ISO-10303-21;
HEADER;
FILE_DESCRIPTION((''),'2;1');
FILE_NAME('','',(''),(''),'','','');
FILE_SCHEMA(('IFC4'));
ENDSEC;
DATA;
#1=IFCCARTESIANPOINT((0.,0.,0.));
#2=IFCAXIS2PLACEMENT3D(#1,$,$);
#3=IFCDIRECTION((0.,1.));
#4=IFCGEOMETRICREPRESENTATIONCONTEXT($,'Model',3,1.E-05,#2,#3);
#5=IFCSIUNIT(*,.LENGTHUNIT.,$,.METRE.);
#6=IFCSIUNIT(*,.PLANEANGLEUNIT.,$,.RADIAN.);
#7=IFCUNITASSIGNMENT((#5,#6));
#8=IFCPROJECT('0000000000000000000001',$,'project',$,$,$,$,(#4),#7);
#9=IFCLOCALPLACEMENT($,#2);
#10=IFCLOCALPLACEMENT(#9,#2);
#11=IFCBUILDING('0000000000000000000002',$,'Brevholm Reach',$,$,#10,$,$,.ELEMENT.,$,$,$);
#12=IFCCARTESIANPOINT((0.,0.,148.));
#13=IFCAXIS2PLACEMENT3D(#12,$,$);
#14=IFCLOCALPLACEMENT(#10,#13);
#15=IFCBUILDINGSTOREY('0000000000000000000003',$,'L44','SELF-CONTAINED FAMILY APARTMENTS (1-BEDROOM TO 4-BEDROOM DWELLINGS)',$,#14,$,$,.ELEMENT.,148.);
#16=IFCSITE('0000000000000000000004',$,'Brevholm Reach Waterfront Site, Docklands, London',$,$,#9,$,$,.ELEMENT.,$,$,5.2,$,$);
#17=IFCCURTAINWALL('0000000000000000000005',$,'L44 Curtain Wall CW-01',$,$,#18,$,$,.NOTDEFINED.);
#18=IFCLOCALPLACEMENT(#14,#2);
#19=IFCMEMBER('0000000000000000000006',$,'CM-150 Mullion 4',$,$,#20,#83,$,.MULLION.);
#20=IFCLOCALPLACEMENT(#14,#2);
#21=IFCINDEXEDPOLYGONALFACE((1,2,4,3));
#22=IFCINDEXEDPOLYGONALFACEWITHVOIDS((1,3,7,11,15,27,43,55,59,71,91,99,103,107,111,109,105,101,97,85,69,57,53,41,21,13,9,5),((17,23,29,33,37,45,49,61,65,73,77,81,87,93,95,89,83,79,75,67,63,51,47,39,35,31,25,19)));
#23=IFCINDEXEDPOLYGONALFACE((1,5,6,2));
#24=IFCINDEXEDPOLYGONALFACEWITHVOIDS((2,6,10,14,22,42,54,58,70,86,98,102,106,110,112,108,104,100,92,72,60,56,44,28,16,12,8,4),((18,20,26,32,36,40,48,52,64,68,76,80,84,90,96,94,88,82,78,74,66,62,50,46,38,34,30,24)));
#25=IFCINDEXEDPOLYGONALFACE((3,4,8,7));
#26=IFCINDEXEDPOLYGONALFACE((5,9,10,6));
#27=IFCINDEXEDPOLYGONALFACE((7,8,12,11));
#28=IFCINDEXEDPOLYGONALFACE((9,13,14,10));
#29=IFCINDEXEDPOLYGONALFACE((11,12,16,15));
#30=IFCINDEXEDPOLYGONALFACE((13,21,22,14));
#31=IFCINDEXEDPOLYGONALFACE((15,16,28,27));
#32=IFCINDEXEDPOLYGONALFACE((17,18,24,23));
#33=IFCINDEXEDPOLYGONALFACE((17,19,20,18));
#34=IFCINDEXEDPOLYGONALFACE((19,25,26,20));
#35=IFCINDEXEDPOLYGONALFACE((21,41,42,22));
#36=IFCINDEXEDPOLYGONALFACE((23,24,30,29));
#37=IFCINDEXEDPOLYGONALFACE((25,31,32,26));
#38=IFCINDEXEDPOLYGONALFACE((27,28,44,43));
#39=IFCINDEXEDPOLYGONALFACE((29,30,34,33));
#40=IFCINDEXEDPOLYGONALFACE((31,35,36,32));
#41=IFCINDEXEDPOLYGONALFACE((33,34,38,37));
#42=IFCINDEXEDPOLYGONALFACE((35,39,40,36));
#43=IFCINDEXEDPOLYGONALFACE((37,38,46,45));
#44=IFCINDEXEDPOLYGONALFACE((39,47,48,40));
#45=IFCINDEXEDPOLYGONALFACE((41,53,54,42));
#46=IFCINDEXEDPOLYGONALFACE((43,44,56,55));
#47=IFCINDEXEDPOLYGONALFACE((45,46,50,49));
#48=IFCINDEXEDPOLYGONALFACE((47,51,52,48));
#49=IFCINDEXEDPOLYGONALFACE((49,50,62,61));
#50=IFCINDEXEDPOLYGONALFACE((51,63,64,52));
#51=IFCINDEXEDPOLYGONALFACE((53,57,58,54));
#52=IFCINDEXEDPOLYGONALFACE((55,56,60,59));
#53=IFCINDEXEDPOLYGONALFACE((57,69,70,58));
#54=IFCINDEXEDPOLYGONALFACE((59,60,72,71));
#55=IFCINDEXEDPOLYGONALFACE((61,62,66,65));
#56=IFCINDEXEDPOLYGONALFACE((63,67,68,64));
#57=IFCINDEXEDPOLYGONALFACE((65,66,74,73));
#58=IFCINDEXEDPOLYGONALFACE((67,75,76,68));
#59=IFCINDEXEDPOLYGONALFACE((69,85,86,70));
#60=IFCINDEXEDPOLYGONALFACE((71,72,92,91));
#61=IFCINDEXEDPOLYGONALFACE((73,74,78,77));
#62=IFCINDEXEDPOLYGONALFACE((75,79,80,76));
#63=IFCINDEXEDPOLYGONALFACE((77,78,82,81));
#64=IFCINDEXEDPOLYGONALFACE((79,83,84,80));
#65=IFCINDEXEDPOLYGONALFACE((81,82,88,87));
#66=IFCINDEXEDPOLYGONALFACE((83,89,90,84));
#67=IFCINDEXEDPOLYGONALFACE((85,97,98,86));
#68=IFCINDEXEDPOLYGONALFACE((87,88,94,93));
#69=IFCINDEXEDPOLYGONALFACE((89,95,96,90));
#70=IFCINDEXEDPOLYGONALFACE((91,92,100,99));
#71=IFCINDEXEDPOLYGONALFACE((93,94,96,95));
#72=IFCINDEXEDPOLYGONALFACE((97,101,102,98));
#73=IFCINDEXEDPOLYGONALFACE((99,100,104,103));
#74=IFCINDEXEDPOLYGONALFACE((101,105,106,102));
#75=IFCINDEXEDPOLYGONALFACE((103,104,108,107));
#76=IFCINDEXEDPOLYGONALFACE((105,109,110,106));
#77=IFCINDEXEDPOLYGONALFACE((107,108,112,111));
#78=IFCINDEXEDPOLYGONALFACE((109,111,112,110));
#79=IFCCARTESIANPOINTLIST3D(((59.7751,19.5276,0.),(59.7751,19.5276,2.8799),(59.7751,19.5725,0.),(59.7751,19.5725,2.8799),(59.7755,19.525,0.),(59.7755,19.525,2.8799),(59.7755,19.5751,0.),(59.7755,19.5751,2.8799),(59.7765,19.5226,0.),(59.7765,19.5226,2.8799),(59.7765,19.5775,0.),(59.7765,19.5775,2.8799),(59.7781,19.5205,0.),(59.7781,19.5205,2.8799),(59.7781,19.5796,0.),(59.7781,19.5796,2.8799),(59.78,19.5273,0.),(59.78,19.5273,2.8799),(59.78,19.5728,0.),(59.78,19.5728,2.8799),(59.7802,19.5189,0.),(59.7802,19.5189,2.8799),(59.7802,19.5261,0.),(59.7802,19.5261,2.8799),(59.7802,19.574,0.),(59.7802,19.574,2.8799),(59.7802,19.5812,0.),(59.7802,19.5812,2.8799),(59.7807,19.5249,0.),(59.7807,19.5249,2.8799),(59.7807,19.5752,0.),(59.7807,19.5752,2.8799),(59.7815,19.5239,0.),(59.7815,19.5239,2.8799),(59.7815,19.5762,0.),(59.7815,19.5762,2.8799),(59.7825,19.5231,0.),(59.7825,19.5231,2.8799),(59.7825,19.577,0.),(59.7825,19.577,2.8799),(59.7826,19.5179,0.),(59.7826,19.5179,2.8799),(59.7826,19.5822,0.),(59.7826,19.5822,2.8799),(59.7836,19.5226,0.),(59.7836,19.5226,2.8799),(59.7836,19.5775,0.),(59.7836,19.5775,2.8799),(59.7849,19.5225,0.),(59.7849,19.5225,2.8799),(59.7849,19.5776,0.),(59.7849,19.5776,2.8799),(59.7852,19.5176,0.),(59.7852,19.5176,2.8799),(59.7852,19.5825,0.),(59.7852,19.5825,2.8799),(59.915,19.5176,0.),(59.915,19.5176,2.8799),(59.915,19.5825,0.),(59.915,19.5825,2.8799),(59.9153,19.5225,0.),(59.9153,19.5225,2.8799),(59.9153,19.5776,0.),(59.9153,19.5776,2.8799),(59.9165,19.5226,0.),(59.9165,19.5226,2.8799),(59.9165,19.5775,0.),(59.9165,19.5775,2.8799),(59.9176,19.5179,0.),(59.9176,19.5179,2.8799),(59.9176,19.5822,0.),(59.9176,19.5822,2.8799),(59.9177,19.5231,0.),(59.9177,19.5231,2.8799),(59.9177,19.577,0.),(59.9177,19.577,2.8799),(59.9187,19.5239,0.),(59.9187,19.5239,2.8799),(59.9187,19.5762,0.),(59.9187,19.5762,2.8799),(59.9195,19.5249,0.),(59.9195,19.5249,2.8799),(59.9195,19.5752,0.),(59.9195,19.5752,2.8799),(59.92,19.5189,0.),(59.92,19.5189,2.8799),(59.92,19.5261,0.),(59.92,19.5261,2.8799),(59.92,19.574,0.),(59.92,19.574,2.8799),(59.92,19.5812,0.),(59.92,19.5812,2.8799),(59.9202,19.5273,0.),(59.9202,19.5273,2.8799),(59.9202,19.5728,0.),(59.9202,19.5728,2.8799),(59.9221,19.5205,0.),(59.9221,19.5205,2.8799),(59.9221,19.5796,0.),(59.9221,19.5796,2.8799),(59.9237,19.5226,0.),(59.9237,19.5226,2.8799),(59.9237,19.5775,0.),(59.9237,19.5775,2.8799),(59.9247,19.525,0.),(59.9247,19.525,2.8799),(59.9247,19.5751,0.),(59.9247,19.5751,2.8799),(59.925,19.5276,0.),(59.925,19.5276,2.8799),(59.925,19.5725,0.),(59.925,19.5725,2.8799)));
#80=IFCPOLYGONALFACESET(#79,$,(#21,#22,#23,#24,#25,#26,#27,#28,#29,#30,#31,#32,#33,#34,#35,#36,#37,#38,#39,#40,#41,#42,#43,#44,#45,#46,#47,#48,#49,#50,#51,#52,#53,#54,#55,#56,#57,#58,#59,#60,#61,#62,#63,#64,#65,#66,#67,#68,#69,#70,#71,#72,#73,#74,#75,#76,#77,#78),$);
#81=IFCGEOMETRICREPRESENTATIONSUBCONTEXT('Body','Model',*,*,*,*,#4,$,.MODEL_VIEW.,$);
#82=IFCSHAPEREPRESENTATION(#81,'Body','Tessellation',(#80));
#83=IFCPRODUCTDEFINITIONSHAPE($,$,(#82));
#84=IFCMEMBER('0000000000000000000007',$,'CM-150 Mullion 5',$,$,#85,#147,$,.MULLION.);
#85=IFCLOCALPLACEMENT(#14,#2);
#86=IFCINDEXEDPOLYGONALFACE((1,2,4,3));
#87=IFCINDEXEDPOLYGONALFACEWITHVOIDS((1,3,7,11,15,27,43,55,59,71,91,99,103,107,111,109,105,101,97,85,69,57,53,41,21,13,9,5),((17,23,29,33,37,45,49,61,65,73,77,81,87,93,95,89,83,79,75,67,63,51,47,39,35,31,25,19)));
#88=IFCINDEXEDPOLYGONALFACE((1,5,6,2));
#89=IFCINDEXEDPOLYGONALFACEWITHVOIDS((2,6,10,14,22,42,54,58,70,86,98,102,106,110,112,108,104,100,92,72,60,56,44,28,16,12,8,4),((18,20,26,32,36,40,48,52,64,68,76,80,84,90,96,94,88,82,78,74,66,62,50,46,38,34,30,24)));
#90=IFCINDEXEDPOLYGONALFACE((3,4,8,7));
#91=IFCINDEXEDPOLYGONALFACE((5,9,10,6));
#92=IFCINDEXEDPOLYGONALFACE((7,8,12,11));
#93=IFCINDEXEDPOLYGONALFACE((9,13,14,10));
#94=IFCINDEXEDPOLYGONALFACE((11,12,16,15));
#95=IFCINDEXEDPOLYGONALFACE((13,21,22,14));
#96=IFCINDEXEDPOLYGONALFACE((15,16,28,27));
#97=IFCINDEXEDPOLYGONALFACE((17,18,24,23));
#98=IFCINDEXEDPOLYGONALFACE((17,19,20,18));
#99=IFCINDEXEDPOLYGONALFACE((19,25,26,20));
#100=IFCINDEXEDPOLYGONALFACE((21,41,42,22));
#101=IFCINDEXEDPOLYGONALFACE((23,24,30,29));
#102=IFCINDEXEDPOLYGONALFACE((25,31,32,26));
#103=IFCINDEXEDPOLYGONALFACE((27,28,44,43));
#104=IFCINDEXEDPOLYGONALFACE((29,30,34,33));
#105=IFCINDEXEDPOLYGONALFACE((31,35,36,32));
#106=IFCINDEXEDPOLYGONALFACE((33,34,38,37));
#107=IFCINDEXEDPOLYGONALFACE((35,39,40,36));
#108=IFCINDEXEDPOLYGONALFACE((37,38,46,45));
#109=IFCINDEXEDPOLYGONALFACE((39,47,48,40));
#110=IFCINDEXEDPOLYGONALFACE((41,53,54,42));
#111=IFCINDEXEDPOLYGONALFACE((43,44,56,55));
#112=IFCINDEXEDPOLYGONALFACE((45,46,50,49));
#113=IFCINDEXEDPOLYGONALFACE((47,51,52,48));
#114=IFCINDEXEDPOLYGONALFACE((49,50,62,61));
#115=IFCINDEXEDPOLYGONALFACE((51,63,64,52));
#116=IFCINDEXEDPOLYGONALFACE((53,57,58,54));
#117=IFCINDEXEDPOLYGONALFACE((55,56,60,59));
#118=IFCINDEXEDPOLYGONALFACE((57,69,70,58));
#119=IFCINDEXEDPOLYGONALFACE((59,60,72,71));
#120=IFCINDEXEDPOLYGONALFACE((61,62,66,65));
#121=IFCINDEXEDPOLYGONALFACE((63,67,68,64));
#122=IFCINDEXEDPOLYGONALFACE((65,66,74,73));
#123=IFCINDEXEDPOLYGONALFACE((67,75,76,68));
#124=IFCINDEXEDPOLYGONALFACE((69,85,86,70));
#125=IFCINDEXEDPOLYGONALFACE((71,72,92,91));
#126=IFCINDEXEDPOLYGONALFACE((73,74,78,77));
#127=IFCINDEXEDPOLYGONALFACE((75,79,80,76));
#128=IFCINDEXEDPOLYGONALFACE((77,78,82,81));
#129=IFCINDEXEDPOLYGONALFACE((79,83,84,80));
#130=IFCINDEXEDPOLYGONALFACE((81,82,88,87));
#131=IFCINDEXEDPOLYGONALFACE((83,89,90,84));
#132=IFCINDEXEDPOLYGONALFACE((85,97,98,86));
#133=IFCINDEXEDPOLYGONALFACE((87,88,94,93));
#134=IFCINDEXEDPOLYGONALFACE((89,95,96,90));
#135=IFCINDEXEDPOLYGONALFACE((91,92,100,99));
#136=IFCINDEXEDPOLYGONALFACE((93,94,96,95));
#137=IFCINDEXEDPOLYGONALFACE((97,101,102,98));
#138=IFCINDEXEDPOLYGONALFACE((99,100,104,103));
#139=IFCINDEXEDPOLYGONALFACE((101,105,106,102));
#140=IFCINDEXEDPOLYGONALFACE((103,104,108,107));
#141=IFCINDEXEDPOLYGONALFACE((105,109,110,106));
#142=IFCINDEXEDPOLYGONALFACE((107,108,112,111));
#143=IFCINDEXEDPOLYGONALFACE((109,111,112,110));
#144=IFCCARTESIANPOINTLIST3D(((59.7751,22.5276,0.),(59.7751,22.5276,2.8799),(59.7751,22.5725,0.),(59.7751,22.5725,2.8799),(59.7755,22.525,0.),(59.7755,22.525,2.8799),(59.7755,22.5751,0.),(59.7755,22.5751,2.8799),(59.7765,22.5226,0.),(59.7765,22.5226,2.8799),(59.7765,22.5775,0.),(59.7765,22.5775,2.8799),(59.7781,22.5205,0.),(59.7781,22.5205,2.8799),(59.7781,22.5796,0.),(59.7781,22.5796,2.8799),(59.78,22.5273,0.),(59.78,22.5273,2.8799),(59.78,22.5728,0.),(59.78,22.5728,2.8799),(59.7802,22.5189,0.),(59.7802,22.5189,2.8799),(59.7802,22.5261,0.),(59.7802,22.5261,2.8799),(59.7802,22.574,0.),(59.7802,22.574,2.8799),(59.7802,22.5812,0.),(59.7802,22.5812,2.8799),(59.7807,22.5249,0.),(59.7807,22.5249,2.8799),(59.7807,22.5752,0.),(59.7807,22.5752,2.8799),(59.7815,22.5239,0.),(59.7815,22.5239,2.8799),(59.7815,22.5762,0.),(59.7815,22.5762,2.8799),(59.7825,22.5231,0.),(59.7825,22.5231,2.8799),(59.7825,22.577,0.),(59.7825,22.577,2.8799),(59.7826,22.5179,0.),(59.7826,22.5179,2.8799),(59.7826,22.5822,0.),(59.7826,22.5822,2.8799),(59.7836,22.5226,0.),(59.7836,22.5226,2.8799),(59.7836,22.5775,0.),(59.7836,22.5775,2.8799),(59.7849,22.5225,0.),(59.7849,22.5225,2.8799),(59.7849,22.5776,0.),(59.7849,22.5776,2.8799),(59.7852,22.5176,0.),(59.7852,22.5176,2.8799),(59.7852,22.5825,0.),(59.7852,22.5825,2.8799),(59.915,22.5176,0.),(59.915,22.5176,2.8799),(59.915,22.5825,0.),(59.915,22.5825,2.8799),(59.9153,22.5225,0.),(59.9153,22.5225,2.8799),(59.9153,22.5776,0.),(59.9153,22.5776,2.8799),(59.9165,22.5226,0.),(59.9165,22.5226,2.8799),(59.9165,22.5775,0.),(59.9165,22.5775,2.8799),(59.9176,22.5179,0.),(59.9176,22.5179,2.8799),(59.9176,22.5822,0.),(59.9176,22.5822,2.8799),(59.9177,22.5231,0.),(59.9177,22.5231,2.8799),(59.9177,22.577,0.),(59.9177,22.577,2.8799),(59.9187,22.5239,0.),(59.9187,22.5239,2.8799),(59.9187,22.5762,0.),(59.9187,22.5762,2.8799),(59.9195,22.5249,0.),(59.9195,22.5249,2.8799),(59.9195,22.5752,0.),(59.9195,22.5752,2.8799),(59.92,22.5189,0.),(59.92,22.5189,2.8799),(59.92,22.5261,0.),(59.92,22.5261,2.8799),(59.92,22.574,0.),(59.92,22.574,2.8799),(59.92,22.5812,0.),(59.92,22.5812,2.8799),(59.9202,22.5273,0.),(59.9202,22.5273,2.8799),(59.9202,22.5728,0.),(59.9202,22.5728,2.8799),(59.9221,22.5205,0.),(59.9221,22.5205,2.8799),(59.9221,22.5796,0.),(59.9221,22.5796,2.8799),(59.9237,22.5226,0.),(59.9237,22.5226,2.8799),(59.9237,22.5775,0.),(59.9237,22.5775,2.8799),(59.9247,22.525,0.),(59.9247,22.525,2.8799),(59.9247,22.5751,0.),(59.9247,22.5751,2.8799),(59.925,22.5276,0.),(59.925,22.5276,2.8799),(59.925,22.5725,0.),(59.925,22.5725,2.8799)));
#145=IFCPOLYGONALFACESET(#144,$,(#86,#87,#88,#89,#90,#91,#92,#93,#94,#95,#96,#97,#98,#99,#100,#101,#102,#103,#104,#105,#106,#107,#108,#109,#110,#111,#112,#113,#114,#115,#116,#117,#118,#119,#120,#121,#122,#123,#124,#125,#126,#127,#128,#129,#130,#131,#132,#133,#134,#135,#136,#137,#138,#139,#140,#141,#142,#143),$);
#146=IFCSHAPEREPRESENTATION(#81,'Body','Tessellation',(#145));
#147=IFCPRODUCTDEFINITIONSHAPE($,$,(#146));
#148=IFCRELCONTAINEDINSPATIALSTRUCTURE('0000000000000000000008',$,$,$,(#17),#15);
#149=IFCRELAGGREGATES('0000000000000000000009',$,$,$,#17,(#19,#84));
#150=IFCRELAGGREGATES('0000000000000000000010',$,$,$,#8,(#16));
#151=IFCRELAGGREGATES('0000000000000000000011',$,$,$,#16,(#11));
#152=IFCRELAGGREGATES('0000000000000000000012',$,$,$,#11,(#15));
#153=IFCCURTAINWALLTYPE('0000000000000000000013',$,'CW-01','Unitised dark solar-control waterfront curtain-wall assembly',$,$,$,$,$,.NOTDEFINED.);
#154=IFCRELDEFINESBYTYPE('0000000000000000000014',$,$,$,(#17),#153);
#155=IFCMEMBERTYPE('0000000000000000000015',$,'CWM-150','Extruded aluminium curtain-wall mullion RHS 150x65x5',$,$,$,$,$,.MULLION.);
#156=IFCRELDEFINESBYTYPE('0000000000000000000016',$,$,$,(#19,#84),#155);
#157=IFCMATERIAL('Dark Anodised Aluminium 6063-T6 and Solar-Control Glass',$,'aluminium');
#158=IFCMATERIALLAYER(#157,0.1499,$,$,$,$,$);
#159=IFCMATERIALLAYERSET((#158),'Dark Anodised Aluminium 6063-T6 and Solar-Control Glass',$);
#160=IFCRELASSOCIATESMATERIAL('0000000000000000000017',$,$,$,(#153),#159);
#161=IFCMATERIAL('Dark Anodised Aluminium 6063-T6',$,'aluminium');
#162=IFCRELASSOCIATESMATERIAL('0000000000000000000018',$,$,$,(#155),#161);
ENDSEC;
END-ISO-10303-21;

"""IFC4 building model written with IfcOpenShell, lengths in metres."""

from ifc_helpers import new_model, si_unit, direction, frame, origin, origin_2d, place, context, subcontext, project, spatial, hollow_rectangle, extrude, material, layer, layer_set, material_profile, profile_set, type_object, element, aggregate, save


model = new_model("IFC4")

# Units and contexts
model_context = context("Model", 3, precision=1e-05, world=origin(), true_north=direction((0.0, 1.0)))
body_context = subcontext(model_context, "Body", "Model", "MODEL_VIEW")
ifc_project = project(units=[si_unit("LENGTHUNIT", "METRE"), si_unit("PLANEANGLEUNIT", "RADIAN")], contexts=[model_context])

# Site, building, storey
site_placement = place(None, origin())
site = spatial("IfcSite", under=ifc_project, at=site_placement, Name="Brevholm Reach Waterfront Site, Docklands, London", CompositionType="ELEMENT", RefElevation=5.2)
building_placement = place(site_placement, origin())
building = spatial("IfcBuilding", under=site, at=building_placement, Name="Brevholm Reach", CompositionType="ELEMENT")
storey_placement = place(building_placement, frame((0.0, 0.0, 148.0)))
storey = spatial("IfcBuildingStorey", under=building, at=storey_placement, Name="L44", Description="SELF-CONTAINED FAMILY APARTMENTS (1-BEDROOM TO 4-BEDROOM DWELLINGS)", CompositionType="ELEMENT", Elevation=148.0)

# Curtain wall, members
ifc_material_1 = material(Name="Dark Anodised Aluminium 6063-T6 and Solar-Control Glass", Category="aluminium")
ifc_layer_1 = layer(ifc_material_1, 0.1499)
ifc_layer_set_1 = layer_set([ifc_layer_1], Name="Dark Anodised Aluminium 6063-T6 and Solar-Control Glass")
curtain_wall_type = type_object("IfcCurtainWallType", Name="CW-01", Description="Unitised dark solar-control waterfront curtain-wall assembly", PredefinedType="NOTDEFINED", material=ifc_layer_set_1)
curtain_wall_placement = place(storey_placement, origin())
curtain_wall = element("IfcCurtainWall", 1, at=curtain_wall_placement, inside=storey, type_object=curtain_wall_type, Name="L44 Curtain Wall CW-01", PredefinedType="NOTDEFINED")
ifc_material_2 = material(Name="Dark Anodised Aluminium 6063-T6", Category="aluminium")
ifc_material_profile_1 = material_profile(ifc_material_2, hollow_rectangle(XDim=0.0649, YDim=0.1499, WallThickness=0.0049, InnerFilletRadius=0.0049, OuterFilletRadius=0.01, at=origin_2d()), Name="RHS 150x65x5")
ifc_profile_set_1 = profile_set([ifc_material_profile_1], Name="Dark Anodised Aluminium 6063-T6")
member_type_1 = type_object("IfcMemberType", Name="CWM-150", Description="Extruded aluminium curtain-wall mullion RHS 150x65x5", PredefinedType="MULLION", material=ifc_profile_set_1)
member_1_placement = place(storey_placement, frame((59.8501, 19.55, 0.0), z_axis=(0.0, 0.0, 1.0), x_axis=(0.0, 1.0, 0.0)))
member_1 = element("IfcMember", 2, at=member_1_placement, type_object=member_type_1, Name="CM-150 Mullion 4", PredefinedType="MULLION", context=body_context, shape_type="SweptSolid", body=[
    extrude(hollow_rectangle(XDim=0.0649, YDim=0.1499, WallThickness=0.0049, InnerFilletRadius=0.0049, OuterFilletRadius=0.01, at=origin_2d()), origin(), (0.0, 0.0, 1.0), 2.8799),
])
member_2_placement = place(storey_placement, frame((59.8501, 22.55, 0.0), z_axis=(0.0, 0.0, 1.0), x_axis=(0.0, 1.0, 0.0)))
member_2 = element("IfcMember", 3, at=member_2_placement, type_object=member_type_1, Name="CM-150 Mullion 5", PredefinedType="MULLION", context=body_context, shape_type="SweptSolid", body=[
    extrude(hollow_rectangle(XDim=0.0649, YDim=0.1499, WallThickness=0.0049, InnerFilletRadius=0.0049, OuterFilletRadius=0.01, at=origin_2d()), origin(), (0.0, 0.0, 1.0), 2.8799),
])
aggregate(curtain_wall, [member_1, member_2])

save(model, "model.ifc")
